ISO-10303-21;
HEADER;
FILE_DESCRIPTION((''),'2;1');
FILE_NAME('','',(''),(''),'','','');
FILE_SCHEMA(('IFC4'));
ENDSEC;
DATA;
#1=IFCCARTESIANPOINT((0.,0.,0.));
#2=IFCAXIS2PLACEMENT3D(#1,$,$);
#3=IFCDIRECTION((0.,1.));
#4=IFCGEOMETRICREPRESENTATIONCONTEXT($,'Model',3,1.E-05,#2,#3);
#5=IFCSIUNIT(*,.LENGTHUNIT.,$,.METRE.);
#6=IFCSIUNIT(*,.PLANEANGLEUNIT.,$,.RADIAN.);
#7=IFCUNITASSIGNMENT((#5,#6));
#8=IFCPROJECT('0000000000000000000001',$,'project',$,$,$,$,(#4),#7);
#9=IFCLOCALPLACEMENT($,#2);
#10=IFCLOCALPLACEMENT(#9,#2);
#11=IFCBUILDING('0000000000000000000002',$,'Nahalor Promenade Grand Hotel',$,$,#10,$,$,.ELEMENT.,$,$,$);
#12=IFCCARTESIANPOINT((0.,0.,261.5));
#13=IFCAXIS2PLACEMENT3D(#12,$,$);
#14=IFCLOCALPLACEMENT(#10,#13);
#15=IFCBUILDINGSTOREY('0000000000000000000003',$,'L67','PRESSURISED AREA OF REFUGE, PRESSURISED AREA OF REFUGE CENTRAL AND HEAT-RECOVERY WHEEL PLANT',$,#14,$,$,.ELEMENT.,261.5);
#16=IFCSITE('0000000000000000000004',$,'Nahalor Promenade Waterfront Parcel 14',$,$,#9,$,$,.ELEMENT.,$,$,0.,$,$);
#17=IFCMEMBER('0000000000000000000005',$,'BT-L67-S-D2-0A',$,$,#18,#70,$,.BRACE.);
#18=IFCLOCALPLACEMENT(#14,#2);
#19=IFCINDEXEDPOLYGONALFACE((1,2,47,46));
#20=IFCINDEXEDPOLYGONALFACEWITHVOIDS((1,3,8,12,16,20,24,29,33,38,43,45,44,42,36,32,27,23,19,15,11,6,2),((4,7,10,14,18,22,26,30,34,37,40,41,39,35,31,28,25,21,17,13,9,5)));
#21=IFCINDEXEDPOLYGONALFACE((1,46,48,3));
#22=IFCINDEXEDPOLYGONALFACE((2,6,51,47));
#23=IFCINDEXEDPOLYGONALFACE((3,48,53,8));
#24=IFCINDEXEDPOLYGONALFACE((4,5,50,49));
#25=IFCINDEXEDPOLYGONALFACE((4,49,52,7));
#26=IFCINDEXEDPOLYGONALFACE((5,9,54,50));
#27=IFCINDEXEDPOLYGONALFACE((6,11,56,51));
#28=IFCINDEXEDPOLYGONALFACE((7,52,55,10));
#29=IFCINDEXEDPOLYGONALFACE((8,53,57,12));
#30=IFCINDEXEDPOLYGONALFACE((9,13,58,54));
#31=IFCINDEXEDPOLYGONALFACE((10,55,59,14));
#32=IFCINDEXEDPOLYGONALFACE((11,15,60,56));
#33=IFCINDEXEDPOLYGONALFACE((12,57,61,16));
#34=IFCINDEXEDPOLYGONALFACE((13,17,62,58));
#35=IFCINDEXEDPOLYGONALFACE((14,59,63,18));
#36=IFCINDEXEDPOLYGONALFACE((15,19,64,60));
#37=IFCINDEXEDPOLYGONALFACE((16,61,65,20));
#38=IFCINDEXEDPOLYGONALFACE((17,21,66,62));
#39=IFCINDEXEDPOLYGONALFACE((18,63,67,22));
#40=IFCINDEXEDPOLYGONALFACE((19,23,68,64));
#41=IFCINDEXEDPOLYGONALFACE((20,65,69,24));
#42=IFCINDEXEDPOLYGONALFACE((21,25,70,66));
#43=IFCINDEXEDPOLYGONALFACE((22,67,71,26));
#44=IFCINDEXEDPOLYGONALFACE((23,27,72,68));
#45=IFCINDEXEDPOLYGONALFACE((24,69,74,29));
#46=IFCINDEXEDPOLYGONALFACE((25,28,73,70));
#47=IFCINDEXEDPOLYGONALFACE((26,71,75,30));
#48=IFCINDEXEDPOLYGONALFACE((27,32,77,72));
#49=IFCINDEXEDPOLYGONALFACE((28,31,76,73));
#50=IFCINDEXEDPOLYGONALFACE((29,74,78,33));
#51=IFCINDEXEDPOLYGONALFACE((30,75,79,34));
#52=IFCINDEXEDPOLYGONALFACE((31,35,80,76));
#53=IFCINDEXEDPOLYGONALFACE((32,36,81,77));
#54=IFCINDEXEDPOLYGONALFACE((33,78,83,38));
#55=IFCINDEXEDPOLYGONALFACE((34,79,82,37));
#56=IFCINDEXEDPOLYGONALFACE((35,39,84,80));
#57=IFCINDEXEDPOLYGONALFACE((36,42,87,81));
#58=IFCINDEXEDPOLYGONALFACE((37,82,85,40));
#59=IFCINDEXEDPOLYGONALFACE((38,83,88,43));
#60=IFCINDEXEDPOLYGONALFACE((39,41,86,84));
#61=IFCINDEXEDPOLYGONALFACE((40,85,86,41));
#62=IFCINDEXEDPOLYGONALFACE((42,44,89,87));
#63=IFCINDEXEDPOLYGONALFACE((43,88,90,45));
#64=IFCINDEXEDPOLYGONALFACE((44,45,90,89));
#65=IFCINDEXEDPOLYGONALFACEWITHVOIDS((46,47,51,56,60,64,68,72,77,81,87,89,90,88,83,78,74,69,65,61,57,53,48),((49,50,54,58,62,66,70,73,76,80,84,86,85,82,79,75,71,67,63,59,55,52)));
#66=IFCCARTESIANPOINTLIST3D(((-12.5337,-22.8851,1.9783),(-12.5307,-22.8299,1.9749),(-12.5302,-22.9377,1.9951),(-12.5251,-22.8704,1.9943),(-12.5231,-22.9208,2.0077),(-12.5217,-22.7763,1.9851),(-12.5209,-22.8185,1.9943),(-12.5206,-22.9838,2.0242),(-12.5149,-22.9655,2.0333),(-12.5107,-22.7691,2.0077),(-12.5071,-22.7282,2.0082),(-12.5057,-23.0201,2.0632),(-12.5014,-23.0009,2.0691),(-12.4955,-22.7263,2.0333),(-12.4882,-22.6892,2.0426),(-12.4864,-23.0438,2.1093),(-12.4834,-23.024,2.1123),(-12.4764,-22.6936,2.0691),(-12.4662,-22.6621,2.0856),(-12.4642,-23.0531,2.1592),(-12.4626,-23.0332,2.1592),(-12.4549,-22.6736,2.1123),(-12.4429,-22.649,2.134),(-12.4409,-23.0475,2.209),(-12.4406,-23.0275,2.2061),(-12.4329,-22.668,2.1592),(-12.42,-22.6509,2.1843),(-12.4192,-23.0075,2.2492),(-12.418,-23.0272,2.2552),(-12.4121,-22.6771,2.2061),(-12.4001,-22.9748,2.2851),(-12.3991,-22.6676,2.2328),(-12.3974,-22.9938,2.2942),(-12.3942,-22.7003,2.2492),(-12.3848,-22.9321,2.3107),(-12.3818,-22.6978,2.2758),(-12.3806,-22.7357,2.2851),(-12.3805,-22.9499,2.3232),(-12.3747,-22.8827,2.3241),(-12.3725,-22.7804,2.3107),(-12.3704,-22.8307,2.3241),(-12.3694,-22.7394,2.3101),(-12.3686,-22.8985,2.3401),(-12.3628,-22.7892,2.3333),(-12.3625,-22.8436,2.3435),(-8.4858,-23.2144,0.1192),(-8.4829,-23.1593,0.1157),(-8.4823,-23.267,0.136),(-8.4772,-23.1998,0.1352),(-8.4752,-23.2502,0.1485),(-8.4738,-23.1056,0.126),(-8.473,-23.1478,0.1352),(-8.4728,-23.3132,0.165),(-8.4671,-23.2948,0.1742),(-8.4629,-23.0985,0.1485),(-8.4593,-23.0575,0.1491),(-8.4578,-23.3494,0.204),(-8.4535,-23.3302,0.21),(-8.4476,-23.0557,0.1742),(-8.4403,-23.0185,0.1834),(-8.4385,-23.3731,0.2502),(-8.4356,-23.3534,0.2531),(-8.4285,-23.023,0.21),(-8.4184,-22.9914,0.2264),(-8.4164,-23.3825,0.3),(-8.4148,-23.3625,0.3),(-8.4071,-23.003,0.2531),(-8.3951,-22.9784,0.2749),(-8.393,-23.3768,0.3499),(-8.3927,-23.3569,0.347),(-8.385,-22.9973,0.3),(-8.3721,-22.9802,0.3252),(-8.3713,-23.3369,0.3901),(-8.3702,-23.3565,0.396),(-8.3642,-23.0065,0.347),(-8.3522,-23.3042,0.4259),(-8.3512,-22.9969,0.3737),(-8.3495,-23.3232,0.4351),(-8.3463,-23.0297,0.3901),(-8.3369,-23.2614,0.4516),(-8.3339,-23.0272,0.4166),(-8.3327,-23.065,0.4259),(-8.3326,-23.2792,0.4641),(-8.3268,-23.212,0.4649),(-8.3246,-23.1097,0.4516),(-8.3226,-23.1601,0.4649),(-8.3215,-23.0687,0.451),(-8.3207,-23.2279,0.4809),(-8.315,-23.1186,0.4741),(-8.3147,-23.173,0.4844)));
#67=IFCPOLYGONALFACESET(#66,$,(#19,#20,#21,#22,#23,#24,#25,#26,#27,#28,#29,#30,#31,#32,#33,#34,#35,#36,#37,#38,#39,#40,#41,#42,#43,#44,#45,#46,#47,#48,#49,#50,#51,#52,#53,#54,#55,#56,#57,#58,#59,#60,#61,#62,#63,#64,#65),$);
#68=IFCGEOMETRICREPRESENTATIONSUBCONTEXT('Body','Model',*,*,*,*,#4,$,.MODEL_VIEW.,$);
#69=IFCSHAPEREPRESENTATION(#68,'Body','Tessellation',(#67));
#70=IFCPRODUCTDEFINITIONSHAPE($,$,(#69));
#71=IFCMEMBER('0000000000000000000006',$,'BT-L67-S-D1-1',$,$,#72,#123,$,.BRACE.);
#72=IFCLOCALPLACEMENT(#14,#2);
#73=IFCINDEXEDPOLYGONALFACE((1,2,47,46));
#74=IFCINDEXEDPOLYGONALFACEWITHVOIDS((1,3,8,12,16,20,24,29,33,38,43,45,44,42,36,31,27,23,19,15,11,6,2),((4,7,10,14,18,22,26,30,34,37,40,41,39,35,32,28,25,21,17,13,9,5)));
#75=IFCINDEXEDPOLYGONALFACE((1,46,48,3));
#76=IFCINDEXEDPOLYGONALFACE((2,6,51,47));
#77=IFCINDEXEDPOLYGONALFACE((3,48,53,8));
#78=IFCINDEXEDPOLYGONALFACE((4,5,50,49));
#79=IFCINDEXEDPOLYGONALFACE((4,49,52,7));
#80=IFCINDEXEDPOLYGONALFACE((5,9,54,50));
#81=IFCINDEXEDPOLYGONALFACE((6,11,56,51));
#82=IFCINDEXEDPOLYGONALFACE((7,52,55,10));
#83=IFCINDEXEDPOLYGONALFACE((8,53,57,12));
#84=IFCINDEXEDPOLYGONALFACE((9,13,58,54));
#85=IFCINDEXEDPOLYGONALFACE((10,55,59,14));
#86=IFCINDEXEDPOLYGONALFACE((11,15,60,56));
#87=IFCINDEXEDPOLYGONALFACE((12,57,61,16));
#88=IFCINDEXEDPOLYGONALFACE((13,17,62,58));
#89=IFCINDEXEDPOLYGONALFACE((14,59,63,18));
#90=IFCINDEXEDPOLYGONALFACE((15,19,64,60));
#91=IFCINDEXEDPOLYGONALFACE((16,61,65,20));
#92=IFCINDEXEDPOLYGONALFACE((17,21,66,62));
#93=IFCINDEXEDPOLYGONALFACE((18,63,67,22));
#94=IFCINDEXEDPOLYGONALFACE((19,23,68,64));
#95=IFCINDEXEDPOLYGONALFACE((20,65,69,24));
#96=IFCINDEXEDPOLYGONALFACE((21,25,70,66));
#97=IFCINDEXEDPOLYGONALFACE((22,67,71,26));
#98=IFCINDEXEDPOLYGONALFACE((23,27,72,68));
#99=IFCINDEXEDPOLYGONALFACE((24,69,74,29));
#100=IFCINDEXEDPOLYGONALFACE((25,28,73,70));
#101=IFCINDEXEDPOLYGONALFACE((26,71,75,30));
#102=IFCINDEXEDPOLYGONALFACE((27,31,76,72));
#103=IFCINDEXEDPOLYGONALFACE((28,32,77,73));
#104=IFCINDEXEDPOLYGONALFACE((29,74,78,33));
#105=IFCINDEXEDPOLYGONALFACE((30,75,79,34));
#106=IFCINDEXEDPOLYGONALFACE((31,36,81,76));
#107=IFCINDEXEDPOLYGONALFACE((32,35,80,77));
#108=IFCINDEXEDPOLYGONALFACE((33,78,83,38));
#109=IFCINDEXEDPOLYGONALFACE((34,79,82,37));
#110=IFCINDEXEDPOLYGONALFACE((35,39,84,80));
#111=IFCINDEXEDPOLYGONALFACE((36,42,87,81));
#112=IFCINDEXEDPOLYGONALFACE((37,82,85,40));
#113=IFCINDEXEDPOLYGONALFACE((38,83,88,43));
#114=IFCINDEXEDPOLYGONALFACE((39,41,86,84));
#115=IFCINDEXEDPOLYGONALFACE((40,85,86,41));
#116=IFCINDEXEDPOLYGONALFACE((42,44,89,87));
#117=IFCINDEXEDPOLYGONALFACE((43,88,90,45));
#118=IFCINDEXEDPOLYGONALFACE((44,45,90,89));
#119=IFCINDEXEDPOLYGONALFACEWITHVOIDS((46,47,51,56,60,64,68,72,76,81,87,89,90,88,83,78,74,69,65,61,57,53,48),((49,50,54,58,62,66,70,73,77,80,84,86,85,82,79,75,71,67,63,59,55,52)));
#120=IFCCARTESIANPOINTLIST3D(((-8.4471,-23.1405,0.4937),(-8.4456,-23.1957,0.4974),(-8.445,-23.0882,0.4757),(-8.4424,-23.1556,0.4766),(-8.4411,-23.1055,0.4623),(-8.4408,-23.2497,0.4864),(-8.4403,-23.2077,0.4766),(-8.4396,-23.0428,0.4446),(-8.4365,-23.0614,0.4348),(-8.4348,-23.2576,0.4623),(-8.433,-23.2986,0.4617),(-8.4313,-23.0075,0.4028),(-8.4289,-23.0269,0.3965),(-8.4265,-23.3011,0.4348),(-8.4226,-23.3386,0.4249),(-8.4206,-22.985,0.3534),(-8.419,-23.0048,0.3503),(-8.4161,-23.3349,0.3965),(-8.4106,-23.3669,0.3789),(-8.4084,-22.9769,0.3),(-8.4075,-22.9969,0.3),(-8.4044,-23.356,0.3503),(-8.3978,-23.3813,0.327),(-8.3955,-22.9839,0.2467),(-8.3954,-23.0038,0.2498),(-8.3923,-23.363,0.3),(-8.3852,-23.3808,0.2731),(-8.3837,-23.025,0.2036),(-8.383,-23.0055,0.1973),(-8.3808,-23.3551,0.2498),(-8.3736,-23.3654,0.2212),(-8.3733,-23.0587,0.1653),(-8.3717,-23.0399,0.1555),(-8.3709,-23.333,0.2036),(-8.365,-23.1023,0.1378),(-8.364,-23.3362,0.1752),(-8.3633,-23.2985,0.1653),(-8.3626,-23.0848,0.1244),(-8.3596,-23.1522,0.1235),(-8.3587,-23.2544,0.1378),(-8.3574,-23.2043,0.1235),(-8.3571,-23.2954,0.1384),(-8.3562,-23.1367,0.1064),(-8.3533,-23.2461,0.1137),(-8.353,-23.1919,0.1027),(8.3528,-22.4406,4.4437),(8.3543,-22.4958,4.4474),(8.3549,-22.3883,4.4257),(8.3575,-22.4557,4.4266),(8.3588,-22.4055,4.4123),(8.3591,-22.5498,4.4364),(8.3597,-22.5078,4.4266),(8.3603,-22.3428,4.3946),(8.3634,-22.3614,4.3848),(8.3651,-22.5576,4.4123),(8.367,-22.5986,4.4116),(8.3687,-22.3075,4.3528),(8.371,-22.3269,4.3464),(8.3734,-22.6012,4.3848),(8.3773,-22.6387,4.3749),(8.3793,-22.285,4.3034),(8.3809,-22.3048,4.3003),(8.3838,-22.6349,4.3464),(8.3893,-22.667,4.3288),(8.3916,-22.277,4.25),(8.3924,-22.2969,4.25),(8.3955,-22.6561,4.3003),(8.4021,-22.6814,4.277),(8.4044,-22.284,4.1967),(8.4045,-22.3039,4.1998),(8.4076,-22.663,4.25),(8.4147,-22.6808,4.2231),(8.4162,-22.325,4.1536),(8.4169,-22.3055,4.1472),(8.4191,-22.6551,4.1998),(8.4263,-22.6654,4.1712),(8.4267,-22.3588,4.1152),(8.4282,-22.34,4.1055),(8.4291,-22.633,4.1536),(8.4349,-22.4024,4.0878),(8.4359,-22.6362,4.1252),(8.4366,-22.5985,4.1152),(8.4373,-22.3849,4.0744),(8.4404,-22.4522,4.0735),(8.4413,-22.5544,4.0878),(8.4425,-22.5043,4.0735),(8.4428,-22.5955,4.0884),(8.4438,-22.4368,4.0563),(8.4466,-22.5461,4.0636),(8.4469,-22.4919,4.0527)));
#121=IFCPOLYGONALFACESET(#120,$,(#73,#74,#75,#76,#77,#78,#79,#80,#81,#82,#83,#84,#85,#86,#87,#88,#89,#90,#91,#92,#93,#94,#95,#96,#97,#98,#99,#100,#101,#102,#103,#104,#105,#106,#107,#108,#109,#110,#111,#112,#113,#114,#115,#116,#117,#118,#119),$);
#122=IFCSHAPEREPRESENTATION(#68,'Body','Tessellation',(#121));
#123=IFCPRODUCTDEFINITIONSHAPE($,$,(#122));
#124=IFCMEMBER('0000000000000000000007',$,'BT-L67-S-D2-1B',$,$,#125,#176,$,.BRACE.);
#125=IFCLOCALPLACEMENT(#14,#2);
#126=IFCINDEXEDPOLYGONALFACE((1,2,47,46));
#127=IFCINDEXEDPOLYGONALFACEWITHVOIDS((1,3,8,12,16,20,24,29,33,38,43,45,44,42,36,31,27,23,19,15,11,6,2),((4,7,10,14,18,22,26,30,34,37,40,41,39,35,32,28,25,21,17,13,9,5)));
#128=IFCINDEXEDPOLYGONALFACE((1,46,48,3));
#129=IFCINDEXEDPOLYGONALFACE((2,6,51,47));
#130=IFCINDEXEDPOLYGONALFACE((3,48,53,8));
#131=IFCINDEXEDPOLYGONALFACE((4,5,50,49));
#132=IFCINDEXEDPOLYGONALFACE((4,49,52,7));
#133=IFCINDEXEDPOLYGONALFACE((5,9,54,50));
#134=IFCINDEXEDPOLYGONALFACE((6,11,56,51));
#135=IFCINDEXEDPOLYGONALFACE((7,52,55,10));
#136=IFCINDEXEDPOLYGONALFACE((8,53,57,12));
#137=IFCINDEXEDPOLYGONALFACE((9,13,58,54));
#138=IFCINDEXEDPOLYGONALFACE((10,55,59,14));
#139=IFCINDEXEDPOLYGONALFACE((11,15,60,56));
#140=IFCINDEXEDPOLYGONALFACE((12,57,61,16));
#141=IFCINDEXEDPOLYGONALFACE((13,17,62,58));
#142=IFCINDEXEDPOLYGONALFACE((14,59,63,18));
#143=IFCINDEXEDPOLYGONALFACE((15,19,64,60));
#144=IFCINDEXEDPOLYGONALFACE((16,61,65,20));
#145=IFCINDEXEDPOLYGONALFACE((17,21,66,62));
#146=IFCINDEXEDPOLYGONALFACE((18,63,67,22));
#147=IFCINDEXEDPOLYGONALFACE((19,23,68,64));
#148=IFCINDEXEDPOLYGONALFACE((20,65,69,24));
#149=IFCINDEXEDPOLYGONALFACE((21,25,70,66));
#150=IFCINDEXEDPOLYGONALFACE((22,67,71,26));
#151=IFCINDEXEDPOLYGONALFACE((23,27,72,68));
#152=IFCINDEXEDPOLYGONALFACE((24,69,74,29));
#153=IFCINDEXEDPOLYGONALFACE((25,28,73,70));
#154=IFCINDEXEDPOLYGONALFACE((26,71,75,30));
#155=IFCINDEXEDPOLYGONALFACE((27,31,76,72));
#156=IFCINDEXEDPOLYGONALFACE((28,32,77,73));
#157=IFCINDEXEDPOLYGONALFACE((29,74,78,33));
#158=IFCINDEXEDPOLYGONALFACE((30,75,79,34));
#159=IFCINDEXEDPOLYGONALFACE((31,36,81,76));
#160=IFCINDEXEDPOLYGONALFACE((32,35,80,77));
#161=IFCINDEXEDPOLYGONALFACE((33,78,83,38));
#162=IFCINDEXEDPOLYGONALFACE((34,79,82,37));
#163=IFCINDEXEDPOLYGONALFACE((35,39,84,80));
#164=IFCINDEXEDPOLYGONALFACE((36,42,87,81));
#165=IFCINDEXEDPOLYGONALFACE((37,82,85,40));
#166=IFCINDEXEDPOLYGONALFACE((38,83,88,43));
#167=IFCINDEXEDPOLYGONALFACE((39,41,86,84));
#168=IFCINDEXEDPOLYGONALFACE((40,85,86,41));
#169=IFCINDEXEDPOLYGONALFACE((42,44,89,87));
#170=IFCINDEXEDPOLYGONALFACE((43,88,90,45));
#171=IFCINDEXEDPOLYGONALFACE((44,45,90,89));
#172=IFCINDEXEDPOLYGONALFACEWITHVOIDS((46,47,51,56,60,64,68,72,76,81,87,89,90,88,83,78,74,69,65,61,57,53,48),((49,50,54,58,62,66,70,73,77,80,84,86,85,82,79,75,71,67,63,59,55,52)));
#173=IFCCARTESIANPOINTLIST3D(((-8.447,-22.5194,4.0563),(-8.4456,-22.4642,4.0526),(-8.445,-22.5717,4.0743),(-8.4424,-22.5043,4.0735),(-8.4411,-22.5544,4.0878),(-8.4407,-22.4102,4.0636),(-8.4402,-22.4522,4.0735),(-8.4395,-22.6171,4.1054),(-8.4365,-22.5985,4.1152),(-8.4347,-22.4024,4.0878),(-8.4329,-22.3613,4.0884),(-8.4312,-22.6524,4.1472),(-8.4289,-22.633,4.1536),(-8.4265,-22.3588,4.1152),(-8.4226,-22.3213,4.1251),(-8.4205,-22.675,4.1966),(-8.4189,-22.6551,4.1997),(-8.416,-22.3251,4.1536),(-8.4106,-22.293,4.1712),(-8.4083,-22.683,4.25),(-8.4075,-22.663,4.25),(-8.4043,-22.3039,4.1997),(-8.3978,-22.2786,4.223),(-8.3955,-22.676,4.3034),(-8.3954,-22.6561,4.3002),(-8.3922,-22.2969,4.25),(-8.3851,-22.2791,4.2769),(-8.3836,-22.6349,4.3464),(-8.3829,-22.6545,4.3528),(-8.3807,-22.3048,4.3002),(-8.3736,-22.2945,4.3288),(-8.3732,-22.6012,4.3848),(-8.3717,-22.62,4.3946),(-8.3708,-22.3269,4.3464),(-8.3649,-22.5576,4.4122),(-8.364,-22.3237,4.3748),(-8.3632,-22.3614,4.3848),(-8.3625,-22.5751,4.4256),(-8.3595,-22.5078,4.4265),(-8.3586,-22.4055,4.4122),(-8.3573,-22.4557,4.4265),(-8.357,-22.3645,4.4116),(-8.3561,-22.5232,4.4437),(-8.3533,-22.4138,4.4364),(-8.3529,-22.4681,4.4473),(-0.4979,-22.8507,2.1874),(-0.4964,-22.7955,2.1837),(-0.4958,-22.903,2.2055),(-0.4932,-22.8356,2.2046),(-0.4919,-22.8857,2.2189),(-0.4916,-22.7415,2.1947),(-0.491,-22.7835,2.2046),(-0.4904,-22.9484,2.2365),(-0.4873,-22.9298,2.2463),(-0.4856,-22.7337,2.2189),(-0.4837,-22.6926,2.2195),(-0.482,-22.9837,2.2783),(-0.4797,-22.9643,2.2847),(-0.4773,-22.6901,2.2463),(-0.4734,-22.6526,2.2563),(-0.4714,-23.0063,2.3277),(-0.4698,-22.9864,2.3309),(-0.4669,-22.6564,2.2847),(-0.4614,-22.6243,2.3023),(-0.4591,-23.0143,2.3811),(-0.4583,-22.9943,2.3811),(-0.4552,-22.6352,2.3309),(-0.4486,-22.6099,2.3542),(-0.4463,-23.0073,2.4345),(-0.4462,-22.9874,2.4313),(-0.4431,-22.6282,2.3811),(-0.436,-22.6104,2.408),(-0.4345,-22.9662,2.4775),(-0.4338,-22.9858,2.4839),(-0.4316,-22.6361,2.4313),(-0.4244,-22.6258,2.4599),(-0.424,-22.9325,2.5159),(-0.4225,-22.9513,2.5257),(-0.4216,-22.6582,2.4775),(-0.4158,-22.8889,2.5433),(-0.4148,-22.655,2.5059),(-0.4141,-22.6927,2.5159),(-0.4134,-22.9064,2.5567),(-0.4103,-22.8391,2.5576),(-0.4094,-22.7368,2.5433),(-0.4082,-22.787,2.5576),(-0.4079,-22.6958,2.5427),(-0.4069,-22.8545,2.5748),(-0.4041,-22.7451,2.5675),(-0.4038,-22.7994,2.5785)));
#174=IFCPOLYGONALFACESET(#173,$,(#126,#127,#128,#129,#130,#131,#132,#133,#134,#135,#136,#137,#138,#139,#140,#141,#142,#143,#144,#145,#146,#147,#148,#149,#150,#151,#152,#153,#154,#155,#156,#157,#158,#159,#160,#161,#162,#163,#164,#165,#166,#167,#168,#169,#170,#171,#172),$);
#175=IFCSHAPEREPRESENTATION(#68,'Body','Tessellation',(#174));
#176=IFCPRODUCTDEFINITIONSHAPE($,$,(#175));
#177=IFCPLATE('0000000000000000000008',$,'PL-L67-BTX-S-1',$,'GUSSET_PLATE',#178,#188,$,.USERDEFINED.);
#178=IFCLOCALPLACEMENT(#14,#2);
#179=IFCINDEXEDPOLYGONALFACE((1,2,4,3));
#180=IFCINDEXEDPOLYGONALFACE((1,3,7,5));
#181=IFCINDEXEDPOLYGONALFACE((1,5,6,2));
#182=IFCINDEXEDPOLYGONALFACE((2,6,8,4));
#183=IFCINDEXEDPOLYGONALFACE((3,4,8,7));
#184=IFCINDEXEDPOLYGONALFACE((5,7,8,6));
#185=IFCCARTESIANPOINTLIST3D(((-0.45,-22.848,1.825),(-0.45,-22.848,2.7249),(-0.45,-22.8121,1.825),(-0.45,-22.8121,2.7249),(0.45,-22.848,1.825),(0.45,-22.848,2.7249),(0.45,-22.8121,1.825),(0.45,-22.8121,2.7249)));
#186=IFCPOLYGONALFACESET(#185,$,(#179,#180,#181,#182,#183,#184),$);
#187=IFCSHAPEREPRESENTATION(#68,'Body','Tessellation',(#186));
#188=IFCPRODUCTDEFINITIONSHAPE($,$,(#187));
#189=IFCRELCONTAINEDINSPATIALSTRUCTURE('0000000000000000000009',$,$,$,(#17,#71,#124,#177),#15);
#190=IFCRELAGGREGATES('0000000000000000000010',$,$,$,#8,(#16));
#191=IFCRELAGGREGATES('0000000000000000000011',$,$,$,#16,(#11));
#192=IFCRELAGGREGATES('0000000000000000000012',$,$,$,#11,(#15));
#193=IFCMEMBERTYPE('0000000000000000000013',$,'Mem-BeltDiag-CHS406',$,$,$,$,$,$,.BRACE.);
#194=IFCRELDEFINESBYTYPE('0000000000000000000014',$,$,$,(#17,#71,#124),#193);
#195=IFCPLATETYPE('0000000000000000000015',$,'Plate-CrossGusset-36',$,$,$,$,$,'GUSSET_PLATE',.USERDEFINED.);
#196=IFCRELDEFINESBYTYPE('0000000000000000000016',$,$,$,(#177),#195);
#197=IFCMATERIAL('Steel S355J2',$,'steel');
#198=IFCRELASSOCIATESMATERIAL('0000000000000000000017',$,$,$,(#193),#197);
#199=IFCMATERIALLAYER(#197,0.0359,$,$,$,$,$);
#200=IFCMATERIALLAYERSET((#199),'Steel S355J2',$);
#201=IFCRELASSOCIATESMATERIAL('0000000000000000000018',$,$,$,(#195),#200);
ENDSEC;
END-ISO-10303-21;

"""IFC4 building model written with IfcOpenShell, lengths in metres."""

from ifc_helpers import new_model, si_unit, direction, frame, origin, origin_2d, place, context, subcontext, project, spatial, rectangle, hollow_circle, extrude, source, transform, mapped, material, layer, layer_set, material_profile, profile_set, type_object, element, save


model = new_model("IFC4")

# Units and contexts
model_context = context("Model", 3, precision=1e-05, world=origin(), true_north=direction((0.0, 1.0)))
body_context = subcontext(model_context, "Body", "Model", "MODEL_VIEW")
ifc_project = project(units=[si_unit("LENGTHUNIT", "METRE"), si_unit("PLANEANGLEUNIT", "RADIAN")], contexts=[model_context])

# Site, building, storey
site_placement = place(None, origin())
site = spatial("IfcSite", under=ifc_project, at=site_placement, Name="Nahalor Promenade Waterfront Parcel 14", CompositionType="ELEMENT", RefElevation=0.0)
building_placement = place(site_placement, origin())
building = spatial("IfcBuilding", under=site, at=building_placement, Name="Nahalor Promenade Grand Hotel", CompositionType="ELEMENT")
storey_placement = place(building_placement, frame((0.0, 0.0, 261.5)))
storey = spatial("IfcBuildingStorey", under=building, at=storey_placement, Name="L67", Description="PRESSURISED AREA OF REFUGE, PRESSURISED AREA OF REFUGE CENTRAL AND HEAT-RECOVERY WHEEL PLANT", CompositionType="ELEMENT", Elevation=261.5)

# Members
ifc_material_1 = material(Name="Steel S355J2", Category="steel")
ifc_material_profile_1 = material_profile(ifc_material_1, hollow_circle(Radius=0.2032, WallThickness=0.02, at=origin_2d()), Name="CHS 406.4x20")
ifc_profile_set_1 = profile_set([ifc_material_profile_1], Name="Steel S355J2")
member_type = type_object("IfcMemberType", Name="Mem-BeltDiag-CHS406", PredefinedType="BRACE", material=ifc_profile_set_1)
shared_shape_1 = source(origin(), body_context, "Body", "SweptSolid", [
    extrude(hollow_circle(Radius=0.2032, WallThickness=0.02, at=origin_2d()), origin(), (0.0, 0.0, 1.0), 4.4666),
])
member_1_placement = place(storey_placement, frame((-8.3999, -23.1799, 0.3), z_axis=(-0.906262, 0.073736, 0.416236), x_axis=(-0.081095, -0.996706, 0.0)))
element("IfcMember", 1, at=member_1_placement, inside=storey, type_object=member_type, Name="BT-L67-S-D2-0A", PredefinedType="BRACE", context=body_context, shape_type="MappedRepresentation", body=[
    mapped(shared_shape_1, transform((0.0, 0.0, 0.0), scale=1.0)),
])
shared_shape_2 = source(origin(), body_context, "Body", "SweptSolid", [
    extrude(hollow_circle(Radius=0.2032, WallThickness=0.02, at=origin_2d()), origin(), (0.0, 0.0, 1.0), 17.2722),
])
member_2_placement = place(storey_placement, frame((-8.3999, -23.1799, 0.3), z_axis=(0.972656, 0.040525, 0.22869), x_axis=(-0.041628, 0.999133, 0.0)))
element("IfcMember", 2, at=member_2_placement, inside=storey, type_object=member_type, Name="BT-L67-S-D1-1", PredefinedType="BRACE", context=body_context, shape_type="MappedRepresentation", body=[
    mapped(shared_shape_2, transform((0.0, 0.0, 0.0), scale=1.0)),
])
shared_shape_3 = source(origin(), body_context, "Body", "SweptSolid", [
    extrude(hollow_circle(Radius=0.2032, WallThickness=0.02, at=origin_2d()), origin(), (0.0, 0.0, 1.0), 8.1726),
])
member_3_placement = place(storey_placement, frame((-0.4507, -22.8113, 2.3811), z_axis=(-0.972658, 0.040537, 0.228676), x_axis=(-0.041641, -0.999133, 0.0)))
element("IfcMember", 3, at=member_3_placement, inside=storey, type_object=member_type, Name="BT-L67-S-D2-1B", PredefinedType="BRACE", context=body_context, shape_type="MappedRepresentation", body=[
    mapped(shared_shape_3, transform((0.0, 0.0, 0.0), scale=1.0)),
])

# Plate
ifc_layer_1 = layer(ifc_material_1, 0.0359)
ifc_layer_set_1 = layer_set([ifc_layer_1], Name="Steel S355J2")
plate_type_1 = type_object("IfcPlateType", Name="Plate-CrossGusset-36", ElementType="GUSSET_PLATE", PredefinedType="USERDEFINED", material=ifc_layer_set_1)
shared_shape_4 = source(origin(), body_context, "Body", "SweptSolid", [
    extrude(rectangle(XDim=0.8999, YDim=0.0359, at=origin_2d()), origin(), (0.0, 0.0, 1.0), 0.8999),
])
plate_1_placement = place(storey_placement, frame((0.0, -22.8301, 1.825), z_axis=(0.0, 0.0, 1.0), x_axis=(1.0, 0.0, 0.0)))
element("IfcPlate", 4, at=plate_1_placement, inside=storey, type_object=plate_type_1, Name="PL-L67-BTX-S-1", ObjectType="GUSSET_PLATE", PredefinedType="USERDEFINED", context=body_context, shape_type="MappedRepresentation", body=[
    mapped(shared_shape_4, transform((0.0, 0.0, 0.0), scale=1.0)),
])

save(model, "model.ifc")
